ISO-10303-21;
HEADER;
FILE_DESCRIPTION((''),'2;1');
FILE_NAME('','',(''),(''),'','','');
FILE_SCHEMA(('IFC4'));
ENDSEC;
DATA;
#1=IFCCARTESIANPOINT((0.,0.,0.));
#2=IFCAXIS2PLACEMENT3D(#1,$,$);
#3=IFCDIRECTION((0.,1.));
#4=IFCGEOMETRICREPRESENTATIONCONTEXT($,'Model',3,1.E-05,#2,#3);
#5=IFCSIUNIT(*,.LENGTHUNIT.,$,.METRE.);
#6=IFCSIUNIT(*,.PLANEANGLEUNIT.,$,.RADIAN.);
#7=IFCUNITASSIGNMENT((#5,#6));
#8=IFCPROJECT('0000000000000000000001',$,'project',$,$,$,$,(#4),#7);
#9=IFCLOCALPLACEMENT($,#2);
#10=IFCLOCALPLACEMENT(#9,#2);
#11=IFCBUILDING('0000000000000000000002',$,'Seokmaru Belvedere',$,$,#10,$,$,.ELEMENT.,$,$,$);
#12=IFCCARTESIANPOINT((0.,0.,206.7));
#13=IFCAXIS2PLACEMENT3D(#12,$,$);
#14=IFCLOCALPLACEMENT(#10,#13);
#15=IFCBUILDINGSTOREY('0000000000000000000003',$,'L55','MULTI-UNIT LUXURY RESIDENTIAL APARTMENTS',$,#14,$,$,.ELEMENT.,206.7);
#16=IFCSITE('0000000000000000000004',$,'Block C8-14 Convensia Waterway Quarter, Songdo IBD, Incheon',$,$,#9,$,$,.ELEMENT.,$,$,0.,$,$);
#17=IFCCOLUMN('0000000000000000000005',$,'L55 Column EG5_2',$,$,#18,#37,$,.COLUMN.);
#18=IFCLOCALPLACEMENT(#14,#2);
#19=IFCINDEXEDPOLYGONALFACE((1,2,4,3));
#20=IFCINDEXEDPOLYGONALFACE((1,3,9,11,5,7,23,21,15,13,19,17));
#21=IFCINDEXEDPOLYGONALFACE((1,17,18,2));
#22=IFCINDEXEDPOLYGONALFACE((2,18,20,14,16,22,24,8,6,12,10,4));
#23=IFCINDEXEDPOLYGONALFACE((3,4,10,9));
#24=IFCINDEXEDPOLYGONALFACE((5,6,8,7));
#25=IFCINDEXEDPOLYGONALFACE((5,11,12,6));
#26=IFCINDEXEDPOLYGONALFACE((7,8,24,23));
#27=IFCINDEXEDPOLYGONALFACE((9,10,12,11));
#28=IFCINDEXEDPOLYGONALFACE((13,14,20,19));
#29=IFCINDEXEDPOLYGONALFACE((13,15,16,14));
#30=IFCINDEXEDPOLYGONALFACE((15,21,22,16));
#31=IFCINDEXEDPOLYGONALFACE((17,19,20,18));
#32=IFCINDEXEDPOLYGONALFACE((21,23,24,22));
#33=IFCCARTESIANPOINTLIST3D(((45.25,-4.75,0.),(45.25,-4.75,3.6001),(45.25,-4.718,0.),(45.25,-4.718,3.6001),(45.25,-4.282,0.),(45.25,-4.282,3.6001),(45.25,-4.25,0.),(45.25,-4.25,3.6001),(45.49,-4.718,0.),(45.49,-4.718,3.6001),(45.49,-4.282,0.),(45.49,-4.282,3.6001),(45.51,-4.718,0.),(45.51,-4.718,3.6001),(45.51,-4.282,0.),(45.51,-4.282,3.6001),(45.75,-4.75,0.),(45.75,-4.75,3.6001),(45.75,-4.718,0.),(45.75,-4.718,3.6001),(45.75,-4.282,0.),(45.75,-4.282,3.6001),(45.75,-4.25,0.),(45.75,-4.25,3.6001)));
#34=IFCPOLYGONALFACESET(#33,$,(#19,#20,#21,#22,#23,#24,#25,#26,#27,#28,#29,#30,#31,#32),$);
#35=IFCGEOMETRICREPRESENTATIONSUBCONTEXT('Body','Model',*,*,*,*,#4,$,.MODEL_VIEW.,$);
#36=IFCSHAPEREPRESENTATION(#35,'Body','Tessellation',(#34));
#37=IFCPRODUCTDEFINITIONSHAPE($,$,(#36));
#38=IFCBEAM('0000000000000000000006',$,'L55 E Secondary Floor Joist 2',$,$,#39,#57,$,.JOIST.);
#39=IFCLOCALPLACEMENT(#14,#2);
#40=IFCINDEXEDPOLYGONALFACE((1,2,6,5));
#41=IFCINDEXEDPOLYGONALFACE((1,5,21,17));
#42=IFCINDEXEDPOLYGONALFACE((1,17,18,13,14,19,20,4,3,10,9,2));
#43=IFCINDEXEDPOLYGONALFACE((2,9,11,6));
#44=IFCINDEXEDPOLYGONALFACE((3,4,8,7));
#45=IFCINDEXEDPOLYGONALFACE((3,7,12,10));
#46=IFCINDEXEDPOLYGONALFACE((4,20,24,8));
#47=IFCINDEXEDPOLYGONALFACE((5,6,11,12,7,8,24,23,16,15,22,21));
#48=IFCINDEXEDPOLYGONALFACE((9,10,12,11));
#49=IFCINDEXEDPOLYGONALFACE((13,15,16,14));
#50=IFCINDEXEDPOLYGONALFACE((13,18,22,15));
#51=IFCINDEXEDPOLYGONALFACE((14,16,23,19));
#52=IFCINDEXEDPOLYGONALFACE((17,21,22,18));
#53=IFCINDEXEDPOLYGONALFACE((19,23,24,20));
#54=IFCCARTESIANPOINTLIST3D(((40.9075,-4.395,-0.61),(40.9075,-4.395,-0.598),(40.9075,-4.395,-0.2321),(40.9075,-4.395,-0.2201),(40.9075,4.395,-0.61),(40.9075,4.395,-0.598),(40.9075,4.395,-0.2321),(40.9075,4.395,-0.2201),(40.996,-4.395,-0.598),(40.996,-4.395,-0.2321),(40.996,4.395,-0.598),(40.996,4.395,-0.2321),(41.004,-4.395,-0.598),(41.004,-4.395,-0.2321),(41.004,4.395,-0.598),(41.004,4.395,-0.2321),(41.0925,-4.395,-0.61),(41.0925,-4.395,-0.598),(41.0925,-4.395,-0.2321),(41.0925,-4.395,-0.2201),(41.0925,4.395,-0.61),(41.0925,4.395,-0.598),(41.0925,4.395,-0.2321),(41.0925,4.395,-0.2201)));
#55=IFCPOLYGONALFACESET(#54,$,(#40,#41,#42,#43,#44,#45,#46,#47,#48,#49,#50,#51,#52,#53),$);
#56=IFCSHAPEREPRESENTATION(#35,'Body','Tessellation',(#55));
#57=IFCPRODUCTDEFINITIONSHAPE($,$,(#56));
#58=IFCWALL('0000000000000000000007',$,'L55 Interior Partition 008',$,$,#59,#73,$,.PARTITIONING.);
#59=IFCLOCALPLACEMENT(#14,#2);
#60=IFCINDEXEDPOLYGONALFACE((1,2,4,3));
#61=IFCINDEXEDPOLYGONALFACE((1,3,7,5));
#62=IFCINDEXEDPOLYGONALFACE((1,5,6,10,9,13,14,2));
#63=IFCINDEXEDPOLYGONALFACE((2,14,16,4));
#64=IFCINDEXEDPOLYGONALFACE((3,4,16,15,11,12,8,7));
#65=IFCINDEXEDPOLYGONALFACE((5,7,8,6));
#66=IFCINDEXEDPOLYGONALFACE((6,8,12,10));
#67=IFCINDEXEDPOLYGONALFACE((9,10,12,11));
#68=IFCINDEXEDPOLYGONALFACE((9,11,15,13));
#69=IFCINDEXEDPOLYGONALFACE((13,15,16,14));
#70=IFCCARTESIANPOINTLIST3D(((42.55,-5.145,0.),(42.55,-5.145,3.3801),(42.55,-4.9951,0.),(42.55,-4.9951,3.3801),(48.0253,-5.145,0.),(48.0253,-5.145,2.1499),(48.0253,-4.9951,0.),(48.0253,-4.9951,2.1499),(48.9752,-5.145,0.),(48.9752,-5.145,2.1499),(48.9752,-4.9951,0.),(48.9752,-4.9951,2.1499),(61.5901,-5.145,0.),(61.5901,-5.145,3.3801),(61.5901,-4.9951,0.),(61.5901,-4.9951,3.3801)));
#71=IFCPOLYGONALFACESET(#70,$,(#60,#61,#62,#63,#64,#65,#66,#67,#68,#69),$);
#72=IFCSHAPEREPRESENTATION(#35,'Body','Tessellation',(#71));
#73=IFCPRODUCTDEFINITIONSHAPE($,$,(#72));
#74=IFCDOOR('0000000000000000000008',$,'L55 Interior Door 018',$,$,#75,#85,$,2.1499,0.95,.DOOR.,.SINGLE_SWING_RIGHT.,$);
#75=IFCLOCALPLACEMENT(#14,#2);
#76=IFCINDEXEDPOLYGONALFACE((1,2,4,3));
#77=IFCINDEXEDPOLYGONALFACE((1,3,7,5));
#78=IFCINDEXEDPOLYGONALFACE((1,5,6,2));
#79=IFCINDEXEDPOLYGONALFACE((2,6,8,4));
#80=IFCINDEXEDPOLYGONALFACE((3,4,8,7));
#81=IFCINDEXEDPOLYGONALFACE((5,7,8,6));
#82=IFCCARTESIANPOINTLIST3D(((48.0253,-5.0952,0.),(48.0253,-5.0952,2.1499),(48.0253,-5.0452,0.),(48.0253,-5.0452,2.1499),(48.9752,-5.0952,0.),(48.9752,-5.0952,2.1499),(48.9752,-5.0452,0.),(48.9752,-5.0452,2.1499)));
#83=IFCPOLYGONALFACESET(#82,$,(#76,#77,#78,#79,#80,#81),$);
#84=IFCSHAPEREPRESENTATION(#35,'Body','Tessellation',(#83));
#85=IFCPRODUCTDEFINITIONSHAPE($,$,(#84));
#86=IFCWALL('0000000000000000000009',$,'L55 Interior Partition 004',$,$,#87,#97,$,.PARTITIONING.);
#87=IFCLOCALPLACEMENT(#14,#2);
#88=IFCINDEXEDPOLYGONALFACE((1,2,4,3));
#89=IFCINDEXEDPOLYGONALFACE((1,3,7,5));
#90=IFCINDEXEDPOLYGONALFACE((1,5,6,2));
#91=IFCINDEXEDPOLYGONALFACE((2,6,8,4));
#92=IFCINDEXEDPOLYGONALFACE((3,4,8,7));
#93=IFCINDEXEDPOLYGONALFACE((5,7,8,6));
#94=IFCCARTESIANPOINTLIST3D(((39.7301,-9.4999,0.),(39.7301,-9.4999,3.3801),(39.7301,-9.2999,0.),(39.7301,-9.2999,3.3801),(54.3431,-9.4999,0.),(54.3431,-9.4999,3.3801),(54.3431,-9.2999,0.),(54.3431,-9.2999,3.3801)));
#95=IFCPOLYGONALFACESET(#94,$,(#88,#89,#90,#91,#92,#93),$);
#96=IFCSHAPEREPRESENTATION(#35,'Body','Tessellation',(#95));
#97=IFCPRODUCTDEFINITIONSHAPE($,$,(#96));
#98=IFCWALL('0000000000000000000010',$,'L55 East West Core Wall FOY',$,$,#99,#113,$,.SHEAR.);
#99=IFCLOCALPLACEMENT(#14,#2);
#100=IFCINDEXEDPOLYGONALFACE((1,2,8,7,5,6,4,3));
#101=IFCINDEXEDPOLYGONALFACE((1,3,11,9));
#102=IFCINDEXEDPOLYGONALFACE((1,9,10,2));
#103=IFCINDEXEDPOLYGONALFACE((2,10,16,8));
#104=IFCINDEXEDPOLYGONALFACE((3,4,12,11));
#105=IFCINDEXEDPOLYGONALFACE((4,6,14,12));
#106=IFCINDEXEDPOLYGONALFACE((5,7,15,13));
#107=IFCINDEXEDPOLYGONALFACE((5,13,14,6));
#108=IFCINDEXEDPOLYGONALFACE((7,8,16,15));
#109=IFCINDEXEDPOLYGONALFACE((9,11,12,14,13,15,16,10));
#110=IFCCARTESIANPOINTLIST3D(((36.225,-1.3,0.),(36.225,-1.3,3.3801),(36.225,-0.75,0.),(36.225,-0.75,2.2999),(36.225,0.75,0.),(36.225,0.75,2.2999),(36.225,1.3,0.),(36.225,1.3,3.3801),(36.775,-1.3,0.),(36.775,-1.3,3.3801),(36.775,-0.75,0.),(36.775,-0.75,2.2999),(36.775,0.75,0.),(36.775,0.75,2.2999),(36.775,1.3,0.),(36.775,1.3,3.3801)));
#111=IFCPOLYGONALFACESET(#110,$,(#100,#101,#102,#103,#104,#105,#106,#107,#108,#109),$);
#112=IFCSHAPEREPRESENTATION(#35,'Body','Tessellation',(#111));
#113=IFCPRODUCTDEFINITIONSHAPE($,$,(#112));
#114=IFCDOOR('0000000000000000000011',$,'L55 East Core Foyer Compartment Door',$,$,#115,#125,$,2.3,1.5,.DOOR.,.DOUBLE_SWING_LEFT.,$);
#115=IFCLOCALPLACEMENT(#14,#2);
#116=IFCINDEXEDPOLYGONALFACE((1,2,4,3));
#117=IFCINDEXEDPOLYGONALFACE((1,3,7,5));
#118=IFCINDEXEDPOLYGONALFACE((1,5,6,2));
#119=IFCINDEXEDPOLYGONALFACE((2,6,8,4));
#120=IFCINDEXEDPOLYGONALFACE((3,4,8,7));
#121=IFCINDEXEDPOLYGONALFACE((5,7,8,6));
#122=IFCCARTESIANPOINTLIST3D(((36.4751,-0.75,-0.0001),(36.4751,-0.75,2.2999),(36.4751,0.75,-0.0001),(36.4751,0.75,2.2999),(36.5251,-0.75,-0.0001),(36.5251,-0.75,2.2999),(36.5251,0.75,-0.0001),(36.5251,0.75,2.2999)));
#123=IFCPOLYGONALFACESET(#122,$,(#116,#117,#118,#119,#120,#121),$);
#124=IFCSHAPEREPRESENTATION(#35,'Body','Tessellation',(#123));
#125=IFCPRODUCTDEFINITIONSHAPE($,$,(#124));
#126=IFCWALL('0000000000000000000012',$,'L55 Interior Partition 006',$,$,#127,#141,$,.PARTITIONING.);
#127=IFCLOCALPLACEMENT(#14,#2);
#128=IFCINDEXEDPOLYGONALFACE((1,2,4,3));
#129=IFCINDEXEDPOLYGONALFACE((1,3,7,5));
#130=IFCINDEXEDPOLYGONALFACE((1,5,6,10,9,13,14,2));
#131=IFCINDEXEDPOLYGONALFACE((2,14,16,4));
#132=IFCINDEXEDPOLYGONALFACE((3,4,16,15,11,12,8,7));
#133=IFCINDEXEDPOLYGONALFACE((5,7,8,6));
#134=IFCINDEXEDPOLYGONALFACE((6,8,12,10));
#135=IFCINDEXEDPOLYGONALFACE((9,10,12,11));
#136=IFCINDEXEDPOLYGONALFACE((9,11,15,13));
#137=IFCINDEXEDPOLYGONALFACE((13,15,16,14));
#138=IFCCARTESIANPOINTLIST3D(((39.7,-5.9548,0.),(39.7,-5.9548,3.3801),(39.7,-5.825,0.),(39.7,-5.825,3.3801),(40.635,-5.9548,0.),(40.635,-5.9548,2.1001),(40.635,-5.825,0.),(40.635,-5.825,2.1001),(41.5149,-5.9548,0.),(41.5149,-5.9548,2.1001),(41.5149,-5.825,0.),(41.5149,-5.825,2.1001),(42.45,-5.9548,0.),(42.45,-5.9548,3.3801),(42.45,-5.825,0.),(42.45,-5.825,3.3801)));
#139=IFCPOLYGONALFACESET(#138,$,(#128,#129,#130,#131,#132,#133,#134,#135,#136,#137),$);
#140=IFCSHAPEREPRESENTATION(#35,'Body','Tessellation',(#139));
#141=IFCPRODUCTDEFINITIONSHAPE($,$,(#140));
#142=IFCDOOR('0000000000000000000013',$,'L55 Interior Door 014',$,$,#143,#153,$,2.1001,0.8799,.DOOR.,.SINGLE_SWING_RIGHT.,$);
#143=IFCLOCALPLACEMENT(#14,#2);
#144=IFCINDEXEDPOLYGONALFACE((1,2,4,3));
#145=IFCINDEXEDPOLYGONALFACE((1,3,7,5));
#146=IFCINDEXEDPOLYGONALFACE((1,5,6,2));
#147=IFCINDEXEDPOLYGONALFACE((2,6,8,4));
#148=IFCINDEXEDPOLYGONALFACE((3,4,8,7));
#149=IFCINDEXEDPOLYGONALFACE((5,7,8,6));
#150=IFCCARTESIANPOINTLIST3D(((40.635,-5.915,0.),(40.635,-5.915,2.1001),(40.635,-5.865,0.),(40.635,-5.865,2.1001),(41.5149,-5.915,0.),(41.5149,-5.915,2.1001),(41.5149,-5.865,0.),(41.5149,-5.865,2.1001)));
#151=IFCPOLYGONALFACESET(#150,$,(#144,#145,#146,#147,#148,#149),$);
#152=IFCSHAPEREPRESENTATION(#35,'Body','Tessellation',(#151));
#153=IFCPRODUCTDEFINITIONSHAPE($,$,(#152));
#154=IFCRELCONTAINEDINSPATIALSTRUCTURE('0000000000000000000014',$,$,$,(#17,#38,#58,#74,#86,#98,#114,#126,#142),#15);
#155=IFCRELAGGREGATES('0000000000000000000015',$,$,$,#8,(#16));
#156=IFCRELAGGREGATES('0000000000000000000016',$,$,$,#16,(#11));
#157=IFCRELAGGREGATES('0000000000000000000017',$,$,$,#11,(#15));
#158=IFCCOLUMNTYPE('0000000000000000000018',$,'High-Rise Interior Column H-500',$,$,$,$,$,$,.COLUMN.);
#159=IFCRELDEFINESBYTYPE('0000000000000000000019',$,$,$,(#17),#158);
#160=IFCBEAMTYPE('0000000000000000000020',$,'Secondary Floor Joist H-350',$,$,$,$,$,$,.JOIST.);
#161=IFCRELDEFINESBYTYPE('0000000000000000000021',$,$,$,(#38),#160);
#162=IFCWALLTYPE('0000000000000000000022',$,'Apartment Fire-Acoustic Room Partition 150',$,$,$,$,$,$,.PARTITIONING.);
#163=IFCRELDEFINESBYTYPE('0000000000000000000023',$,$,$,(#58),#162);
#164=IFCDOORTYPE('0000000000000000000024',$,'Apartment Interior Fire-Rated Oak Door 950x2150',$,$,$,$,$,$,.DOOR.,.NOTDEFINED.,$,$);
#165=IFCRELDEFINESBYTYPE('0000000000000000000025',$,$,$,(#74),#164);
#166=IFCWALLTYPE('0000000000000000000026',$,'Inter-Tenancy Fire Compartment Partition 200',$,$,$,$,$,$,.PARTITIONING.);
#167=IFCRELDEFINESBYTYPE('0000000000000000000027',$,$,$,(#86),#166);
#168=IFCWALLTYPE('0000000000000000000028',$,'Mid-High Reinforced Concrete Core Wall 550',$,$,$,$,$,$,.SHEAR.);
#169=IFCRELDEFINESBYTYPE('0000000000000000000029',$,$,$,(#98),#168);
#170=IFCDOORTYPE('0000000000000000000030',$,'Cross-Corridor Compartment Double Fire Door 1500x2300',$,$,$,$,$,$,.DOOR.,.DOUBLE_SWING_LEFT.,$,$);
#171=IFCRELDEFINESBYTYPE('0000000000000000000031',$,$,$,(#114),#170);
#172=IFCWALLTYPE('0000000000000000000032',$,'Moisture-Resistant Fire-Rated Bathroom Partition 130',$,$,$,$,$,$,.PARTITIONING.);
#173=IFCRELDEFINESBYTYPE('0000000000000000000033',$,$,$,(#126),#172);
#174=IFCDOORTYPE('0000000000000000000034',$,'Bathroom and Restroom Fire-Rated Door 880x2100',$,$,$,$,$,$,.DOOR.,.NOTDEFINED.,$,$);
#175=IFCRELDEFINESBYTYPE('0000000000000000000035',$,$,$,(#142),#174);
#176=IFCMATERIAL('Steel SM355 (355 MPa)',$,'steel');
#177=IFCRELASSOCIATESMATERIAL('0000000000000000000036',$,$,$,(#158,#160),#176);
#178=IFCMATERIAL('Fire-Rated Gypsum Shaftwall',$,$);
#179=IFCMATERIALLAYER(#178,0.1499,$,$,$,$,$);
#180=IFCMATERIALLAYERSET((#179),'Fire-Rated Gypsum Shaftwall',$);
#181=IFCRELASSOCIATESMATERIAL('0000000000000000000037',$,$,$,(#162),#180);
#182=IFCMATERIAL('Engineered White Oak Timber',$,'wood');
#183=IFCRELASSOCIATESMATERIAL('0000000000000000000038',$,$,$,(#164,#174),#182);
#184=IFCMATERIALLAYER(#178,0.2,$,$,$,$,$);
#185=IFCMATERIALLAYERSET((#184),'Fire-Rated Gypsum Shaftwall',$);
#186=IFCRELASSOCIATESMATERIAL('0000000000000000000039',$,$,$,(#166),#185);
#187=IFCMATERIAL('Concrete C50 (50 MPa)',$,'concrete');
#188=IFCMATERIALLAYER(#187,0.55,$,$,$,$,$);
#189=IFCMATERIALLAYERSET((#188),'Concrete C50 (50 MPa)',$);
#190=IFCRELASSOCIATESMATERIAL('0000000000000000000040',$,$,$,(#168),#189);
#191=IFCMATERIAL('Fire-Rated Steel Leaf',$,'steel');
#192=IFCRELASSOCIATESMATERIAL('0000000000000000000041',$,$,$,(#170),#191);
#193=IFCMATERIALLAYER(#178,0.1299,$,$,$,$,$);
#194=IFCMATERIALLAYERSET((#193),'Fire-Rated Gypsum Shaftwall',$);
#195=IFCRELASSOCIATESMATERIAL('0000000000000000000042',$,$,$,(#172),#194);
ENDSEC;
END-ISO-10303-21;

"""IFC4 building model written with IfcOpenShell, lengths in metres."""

from ifc_helpers import new_model, si_unit, direction, frame, frame_2d, origin, origin_2d, place, context, subcontext, project, spatial, rectangle, i_section, extrude, source, transform, mapped, material, layer, layer_set, material_profile, profile_set, type_object, type_shapes, element, fill, save


model = new_model("IFC4")

# Units and contexts
model_context = context("Model", 3, precision=1e-05, world=origin(), true_north=direction((0.0, 1.0)))
body_context = subcontext(model_context, "Body", "Model", "MODEL_VIEW")
ifc_project = project(units=[si_unit("LENGTHUNIT", "METRE"), si_unit("PLANEANGLEUNIT", "RADIAN")], contexts=[model_context])

# Site, building, storey
site_placement = place(None, origin())
site = spatial("IfcSite", under=ifc_project, at=site_placement, Name="Block C8-14 Convensia Waterway Quarter, Songdo IBD, Incheon", CompositionType="ELEMENT", RefElevation=0.0)
building_placement = place(site_placement, origin())
building = spatial("IfcBuilding", under=site, at=building_placement, Name="Seokmaru Belvedere", CompositionType="ELEMENT")
storey_placement = place(building_placement, frame((0.0, 0.0, 206.7)))
storey = spatial("IfcBuildingStorey", under=building, at=storey_placement, Name="L55", Description="MULTI-UNIT LUXURY RESIDENTIAL APARTMENTS", CompositionType="ELEMENT", Elevation=206.7)

# Column
ifc_material_1 = material(Name="Steel SM355 (355 MPa)", Category="steel")
ifc_material_profile_1 = material_profile(ifc_material_1, i_section(OverallWidth=0.5, OverallDepth=0.5, WebThickness=0.02, FlangeThickness=0.032, at=origin_2d()), Name="H-500x500x20x32")
ifc_profile_set_1 = profile_set([ifc_material_profile_1], Name="Steel SM355 (355 MPa)")
column_type = type_object("IfcColumnType", Name="High-Rise Interior Column H-500", PredefinedType="COLUMN", material=ifc_profile_set_1)
shared_shape_1 = source(origin(), body_context, "Body", "SweptSolid", [
    extrude(i_section(OverallWidth=0.5, OverallDepth=0.5, WebThickness=0.02, FlangeThickness=0.032, at=origin_2d()), origin(), (0.0, 0.0, 1.0), 3.6001),
])
type_shapes(column_type, [shared_shape_1])
column_placement = place(storey_placement, frame((45.5, -4.5, 0.0), z_axis=(0.0, 0.0, 1.0), x_axis=(1.0, 0.0, 0.0)))
element("IfcColumn", 1, at=column_placement, inside=storey, type_object=column_type, Name="L55 Column EG5_2", PredefinedType="COLUMN", context=body_context, shape_type="MappedRepresentation", body=[
    mapped(shared_shape_1, transform((0.0, 0.0, 0.0), scale=1.0)),
])

# Beam
ifc_material_profile_2 = material_profile(ifc_material_1, i_section(OverallWidth=0.1851, OverallDepth=0.3899, WebThickness=0.0081, FlangeThickness=0.012, at=origin_2d()), Name="H-390x185x8x12")
ifc_profile_set_2 = profile_set([ifc_material_profile_2], Name="Steel SM355 (355 MPa)")
beam_type = type_object("IfcBeamType", Name="Secondary Floor Joist H-350", PredefinedType="JOIST", material=ifc_profile_set_2)
shared_shape_2 = source(origin(), body_context, "Body", "SweptSolid", [
    extrude(i_section(OverallWidth=0.1851, OverallDepth=0.3899, WebThickness=0.0081, FlangeThickness=0.012, at=origin_2d()), origin(), (0.0, 0.0, 1.0), 8.79),
])
type_shapes(beam_type, [shared_shape_2])
beam_placement = place(storey_placement, frame((41.0, -4.395, -0.415), z_axis=(0.0, 1.0, 0.0), x_axis=(-1.0, 0.0, 0.0)))
element("IfcBeam", 2, at=beam_placement, inside=storey, type_object=beam_type, Name="L55 E Secondary Floor Joist 2", PredefinedType="JOIST", context=body_context, shape_type="MappedRepresentation", body=[
    mapped(shared_shape_2, transform((0.0, 0.0, 0.0), scale=1.0)),
])

# Wall, opening, door
ifc_material_2 = material(Name="Fire-Rated Gypsum Shaftwall")
ifc_layer_1 = layer(ifc_material_2, 0.1499)
ifc_layer_set_1 = layer_set([ifc_layer_1], Name="Fire-Rated Gypsum Shaftwall")
wall_type_1 = type_object("IfcWallType", Name="Apartment Fire-Acoustic Room Partition 150", PredefinedType="PARTITIONING", material=ifc_layer_set_1)
wall_1_placement = place(storey_placement, frame((42.55, -5.0701, 0.0), z_axis=(0.0, 0.0, 1.0), x_axis=(1.0, 0.0, 0.0)))
wall_1 = element("IfcWall", 3, at=wall_1_placement, inside=storey, type_object=wall_type_1, Name="L55 Interior Partition 008", PredefinedType="PARTITIONING", context=body_context, shape_type="SweptSolid", body=[
    extrude(rectangle(XDim=19.04, YDim=0.1499, at=frame_2d((9.52, 0.0))), origin(), (0.0, 0.0, 1.0), 3.3801),
])
opening_1_placement = place(wall_1_placement, frame((5.4751, 0.0, 0.0)))
opening_1 = element("IfcOpeningElement", 4, at=opening_1_placement, cuts=wall_1, PredefinedType="OPENING", context=body_context, shape_type="SweptSolid", body=[
    extrude(rectangle(XDim=0.95, YDim=2.1499, at=frame_2d((0.4751, 1.075))), frame((0.0, 0.085, 0.0), z_axis=(0.0, -1.0, 0.0), x_axis=(1.0, 0.0, 0.0)), (0.0, 0.0, 1.0), 0.1699),
])
ifc_material_3 = material(Name="Engineered White Oak Timber", Category="wood")
door_type_1 = type_object("IfcDoorType", Name="Apartment Interior Fire-Rated Oak Door 950x2150", OperationType="NOTDEFINED", PredefinedType="DOOR", material=ifc_material_3)
shared_shape_3 = source(origin(), body_context, "Body", "SweptSolid", [
    extrude(rectangle(XDim=0.95, YDim=2.1499, at=frame_2d((0.4751, 1.075))), frame((0.0, 0.0249, 0.0), z_axis=(0.0, -1.0, 0.0), x_axis=(1.0, 0.0, 0.0)), (0.0, 0.0, 1.0), 0.05),
])
type_shapes(door_type_1, [shared_shape_3])
door_1_placement = place(opening_1_placement, origin())
door_1 = element("IfcDoor", 5, at=door_1_placement, inside=storey, type_object=door_type_1, Name="L55 Interior Door 018", OperationType="SINGLE_SWING_RIGHT", OverallHeight=2.1499, OverallWidth=0.95, PredefinedType="DOOR", context=body_context, shape_type="MappedRepresentation", body=[
    mapped(shared_shape_3, transform((0.0, 0.0, 0.0), scale=1.0)),
])
fill(opening_1, door_1)

# Wall
ifc_layer_2 = layer(ifc_material_2, 0.2)
ifc_layer_set_2 = layer_set([ifc_layer_2], Name="Fire-Rated Gypsum Shaftwall")
wall_type_2 = type_object("IfcWallType", Name="Inter-Tenancy Fire Compartment Partition 200", PredefinedType="PARTITIONING", material=ifc_layer_set_2)
wall_2_placement = place(storey_placement, frame((39.73, -9.3999, 0.0), z_axis=(0.0, 0.0, 1.0), x_axis=(1.0, 0.0, 0.0)))
element("IfcWall", 6, at=wall_2_placement, inside=storey, type_object=wall_type_2, Name="L55 Interior Partition 004", PredefinedType="PARTITIONING", context=body_context, shape_type="SweptSolid", body=[
    extrude(rectangle(XDim=14.613, YDim=0.2, at=frame_2d((7.3066, 0.0))), origin(), (0.0, 0.0, 1.0), 3.3801),
])

# Walls, openings, doors
ifc_material_4 = material(Name="Concrete C50 (50 MPa)", Category="concrete")
ifc_layer_3 = layer(ifc_material_4, 0.55)
ifc_layer_set_3 = layer_set([ifc_layer_3], Name="Concrete C50 (50 MPa)")
wall_type_3 = type_object("IfcWallType", Name="Mid-High Reinforced Concrete Core Wall 550", PredefinedType="SHEAR", material=ifc_layer_set_3)
wall_3_placement = place(storey_placement, frame((36.5, -1.3, 0.0), z_axis=(0.0, 0.0, 1.0), x_axis=(0.0, 1.0, 0.0)))
wall_3 = element("IfcWall", 7, at=wall_3_placement, inside=storey, type_object=wall_type_3, Name="L55 East West Core Wall FOY", PredefinedType="SHEAR", context=body_context, shape_type="SweptSolid", body=[
    extrude(rectangle(XDim=2.6001, YDim=0.55, at=frame_2d((1.3, 0.0))), origin(), (0.0, 0.0, 1.0), 3.3801),
])
opening_2_placement = place(wall_3_placement, frame((0.55, 0.0, 0.0)))
opening_2 = element("IfcOpeningElement", 8, at=opening_2_placement, cuts=wall_3, PredefinedType="OPENING", context=body_context, shape_type="SweptSolid", body=[
    extrude(rectangle(XDim=1.5, YDim=2.3, at=frame_2d((0.75, 1.1499))), frame((0.0, 0.2852, 0.0), z_axis=(0.0, -1.0, 0.0), x_axis=(1.0, 0.0, 0.0)), (0.0, 0.0, 1.0), 0.5701),
])
ifc_material_5 = material(Name="Fire-Rated Steel Leaf", Category="steel")
door_type_2 = type_object("IfcDoorType", Name="Cross-Corridor Compartment Double Fire Door 1500x2300", OperationType="DOUBLE_SWING_LEFT", PredefinedType="DOOR", material=ifc_material_5)
shared_shape_4 = source(origin(), body_context, "Body", "SweptSolid", [
    extrude(rectangle(XDim=1.5, YDim=2.3, at=frame_2d((0.75, 1.1499))), frame((0.0, 0.0249, 0.0), z_axis=(0.0, -1.0, 0.0), x_axis=(1.0, 0.0, 0.0)), (0.0, 0.0, 1.0), 0.05),
])
type_shapes(door_type_2, [shared_shape_4])
door_2_placement = place(opening_2_placement, origin())
door_2 = element("IfcDoor", 9, at=door_2_placement, inside=storey, type_object=door_type_2, Name="L55 East Core Foyer Compartment Door", OperationType="DOUBLE_SWING_LEFT", OverallHeight=2.3, OverallWidth=1.5, PredefinedType="DOOR", context=body_context, shape_type="MappedRepresentation", body=[
    mapped(shared_shape_4, transform((0.0, 0.0, 0.0), scale=1.0)),
])
fill(opening_2, door_2)
ifc_layer_4 = layer(ifc_material_2, 0.1299)
ifc_layer_set_4 = layer_set([ifc_layer_4], Name="Fire-Rated Gypsum Shaftwall")
wall_type_4 = type_object("IfcWallType", Name="Moisture-Resistant Fire-Rated Bathroom Partition 130", PredefinedType="PARTITIONING", material=ifc_layer_set_4)
wall_4_placement = place(storey_placement, frame((39.7, -5.8899, 0.0), z_axis=(0.0, 0.0, 1.0), x_axis=(1.0, 0.0, 0.0)))
wall_4 = element("IfcWall", 10, at=wall_4_placement, inside=storey, type_object=wall_type_4, Name="L55 Interior Partition 006", PredefinedType="PARTITIONING", context=body_context, shape_type="SweptSolid", body=[
    extrude(rectangle(XDim=2.75, YDim=0.1299, at=frame_2d((1.375, 0.0))), origin(), (0.0, 0.0, 1.0), 3.3801),
])
opening_3_placement = place(wall_4_placement, frame((0.9351, 0.0, 0.0)))
opening_3 = element("IfcOpeningElement", 11, at=opening_3_placement, cuts=wall_4, PredefinedType="OPENING", context=body_context, shape_type="SweptSolid", body=[
    extrude(rectangle(XDim=0.8799, YDim=2.1001, at=frame_2d((0.4399, 1.05))), frame((0.0, 0.075, 0.0), z_axis=(0.0, -1.0, 0.0), x_axis=(1.0, 0.0, 0.0)), (0.0, 0.0, 1.0), 0.1499),
])
door_type_3 = type_object("IfcDoorType", Name="Bathroom and Restroom Fire-Rated Door 880x2100", OperationType="NOTDEFINED", PredefinedType="DOOR", material=ifc_material_3)
shared_shape_5 = source(origin(), body_context, "Body", "SweptSolid", [
    extrude(rectangle(XDim=0.8799, YDim=2.1001, at=frame_2d((0.4399, 1.05))), frame((0.0, 0.0249, 0.0), z_axis=(0.0, -1.0, 0.0), x_axis=(1.0, 0.0, 0.0)), (0.0, 0.0, 1.0), 0.05),
])
type_shapes(door_type_3, [shared_shape_5])
door_3_placement = place(opening_3_placement, origin())
door_3 = element("IfcDoor", 12, at=door_3_placement, inside=storey, type_object=door_type_3, Name="L55 Interior Door 014", OperationType="SINGLE_SWING_RIGHT", OverallHeight=2.1001, OverallWidth=0.8799, PredefinedType="DOOR", context=body_context, shape_type="MappedRepresentation", body=[
    mapped(shared_shape_5, transform((0.0, 0.0, 0.0), scale=1.0)),
])
fill(opening_3, door_3)

save(model, "model.ifc")
